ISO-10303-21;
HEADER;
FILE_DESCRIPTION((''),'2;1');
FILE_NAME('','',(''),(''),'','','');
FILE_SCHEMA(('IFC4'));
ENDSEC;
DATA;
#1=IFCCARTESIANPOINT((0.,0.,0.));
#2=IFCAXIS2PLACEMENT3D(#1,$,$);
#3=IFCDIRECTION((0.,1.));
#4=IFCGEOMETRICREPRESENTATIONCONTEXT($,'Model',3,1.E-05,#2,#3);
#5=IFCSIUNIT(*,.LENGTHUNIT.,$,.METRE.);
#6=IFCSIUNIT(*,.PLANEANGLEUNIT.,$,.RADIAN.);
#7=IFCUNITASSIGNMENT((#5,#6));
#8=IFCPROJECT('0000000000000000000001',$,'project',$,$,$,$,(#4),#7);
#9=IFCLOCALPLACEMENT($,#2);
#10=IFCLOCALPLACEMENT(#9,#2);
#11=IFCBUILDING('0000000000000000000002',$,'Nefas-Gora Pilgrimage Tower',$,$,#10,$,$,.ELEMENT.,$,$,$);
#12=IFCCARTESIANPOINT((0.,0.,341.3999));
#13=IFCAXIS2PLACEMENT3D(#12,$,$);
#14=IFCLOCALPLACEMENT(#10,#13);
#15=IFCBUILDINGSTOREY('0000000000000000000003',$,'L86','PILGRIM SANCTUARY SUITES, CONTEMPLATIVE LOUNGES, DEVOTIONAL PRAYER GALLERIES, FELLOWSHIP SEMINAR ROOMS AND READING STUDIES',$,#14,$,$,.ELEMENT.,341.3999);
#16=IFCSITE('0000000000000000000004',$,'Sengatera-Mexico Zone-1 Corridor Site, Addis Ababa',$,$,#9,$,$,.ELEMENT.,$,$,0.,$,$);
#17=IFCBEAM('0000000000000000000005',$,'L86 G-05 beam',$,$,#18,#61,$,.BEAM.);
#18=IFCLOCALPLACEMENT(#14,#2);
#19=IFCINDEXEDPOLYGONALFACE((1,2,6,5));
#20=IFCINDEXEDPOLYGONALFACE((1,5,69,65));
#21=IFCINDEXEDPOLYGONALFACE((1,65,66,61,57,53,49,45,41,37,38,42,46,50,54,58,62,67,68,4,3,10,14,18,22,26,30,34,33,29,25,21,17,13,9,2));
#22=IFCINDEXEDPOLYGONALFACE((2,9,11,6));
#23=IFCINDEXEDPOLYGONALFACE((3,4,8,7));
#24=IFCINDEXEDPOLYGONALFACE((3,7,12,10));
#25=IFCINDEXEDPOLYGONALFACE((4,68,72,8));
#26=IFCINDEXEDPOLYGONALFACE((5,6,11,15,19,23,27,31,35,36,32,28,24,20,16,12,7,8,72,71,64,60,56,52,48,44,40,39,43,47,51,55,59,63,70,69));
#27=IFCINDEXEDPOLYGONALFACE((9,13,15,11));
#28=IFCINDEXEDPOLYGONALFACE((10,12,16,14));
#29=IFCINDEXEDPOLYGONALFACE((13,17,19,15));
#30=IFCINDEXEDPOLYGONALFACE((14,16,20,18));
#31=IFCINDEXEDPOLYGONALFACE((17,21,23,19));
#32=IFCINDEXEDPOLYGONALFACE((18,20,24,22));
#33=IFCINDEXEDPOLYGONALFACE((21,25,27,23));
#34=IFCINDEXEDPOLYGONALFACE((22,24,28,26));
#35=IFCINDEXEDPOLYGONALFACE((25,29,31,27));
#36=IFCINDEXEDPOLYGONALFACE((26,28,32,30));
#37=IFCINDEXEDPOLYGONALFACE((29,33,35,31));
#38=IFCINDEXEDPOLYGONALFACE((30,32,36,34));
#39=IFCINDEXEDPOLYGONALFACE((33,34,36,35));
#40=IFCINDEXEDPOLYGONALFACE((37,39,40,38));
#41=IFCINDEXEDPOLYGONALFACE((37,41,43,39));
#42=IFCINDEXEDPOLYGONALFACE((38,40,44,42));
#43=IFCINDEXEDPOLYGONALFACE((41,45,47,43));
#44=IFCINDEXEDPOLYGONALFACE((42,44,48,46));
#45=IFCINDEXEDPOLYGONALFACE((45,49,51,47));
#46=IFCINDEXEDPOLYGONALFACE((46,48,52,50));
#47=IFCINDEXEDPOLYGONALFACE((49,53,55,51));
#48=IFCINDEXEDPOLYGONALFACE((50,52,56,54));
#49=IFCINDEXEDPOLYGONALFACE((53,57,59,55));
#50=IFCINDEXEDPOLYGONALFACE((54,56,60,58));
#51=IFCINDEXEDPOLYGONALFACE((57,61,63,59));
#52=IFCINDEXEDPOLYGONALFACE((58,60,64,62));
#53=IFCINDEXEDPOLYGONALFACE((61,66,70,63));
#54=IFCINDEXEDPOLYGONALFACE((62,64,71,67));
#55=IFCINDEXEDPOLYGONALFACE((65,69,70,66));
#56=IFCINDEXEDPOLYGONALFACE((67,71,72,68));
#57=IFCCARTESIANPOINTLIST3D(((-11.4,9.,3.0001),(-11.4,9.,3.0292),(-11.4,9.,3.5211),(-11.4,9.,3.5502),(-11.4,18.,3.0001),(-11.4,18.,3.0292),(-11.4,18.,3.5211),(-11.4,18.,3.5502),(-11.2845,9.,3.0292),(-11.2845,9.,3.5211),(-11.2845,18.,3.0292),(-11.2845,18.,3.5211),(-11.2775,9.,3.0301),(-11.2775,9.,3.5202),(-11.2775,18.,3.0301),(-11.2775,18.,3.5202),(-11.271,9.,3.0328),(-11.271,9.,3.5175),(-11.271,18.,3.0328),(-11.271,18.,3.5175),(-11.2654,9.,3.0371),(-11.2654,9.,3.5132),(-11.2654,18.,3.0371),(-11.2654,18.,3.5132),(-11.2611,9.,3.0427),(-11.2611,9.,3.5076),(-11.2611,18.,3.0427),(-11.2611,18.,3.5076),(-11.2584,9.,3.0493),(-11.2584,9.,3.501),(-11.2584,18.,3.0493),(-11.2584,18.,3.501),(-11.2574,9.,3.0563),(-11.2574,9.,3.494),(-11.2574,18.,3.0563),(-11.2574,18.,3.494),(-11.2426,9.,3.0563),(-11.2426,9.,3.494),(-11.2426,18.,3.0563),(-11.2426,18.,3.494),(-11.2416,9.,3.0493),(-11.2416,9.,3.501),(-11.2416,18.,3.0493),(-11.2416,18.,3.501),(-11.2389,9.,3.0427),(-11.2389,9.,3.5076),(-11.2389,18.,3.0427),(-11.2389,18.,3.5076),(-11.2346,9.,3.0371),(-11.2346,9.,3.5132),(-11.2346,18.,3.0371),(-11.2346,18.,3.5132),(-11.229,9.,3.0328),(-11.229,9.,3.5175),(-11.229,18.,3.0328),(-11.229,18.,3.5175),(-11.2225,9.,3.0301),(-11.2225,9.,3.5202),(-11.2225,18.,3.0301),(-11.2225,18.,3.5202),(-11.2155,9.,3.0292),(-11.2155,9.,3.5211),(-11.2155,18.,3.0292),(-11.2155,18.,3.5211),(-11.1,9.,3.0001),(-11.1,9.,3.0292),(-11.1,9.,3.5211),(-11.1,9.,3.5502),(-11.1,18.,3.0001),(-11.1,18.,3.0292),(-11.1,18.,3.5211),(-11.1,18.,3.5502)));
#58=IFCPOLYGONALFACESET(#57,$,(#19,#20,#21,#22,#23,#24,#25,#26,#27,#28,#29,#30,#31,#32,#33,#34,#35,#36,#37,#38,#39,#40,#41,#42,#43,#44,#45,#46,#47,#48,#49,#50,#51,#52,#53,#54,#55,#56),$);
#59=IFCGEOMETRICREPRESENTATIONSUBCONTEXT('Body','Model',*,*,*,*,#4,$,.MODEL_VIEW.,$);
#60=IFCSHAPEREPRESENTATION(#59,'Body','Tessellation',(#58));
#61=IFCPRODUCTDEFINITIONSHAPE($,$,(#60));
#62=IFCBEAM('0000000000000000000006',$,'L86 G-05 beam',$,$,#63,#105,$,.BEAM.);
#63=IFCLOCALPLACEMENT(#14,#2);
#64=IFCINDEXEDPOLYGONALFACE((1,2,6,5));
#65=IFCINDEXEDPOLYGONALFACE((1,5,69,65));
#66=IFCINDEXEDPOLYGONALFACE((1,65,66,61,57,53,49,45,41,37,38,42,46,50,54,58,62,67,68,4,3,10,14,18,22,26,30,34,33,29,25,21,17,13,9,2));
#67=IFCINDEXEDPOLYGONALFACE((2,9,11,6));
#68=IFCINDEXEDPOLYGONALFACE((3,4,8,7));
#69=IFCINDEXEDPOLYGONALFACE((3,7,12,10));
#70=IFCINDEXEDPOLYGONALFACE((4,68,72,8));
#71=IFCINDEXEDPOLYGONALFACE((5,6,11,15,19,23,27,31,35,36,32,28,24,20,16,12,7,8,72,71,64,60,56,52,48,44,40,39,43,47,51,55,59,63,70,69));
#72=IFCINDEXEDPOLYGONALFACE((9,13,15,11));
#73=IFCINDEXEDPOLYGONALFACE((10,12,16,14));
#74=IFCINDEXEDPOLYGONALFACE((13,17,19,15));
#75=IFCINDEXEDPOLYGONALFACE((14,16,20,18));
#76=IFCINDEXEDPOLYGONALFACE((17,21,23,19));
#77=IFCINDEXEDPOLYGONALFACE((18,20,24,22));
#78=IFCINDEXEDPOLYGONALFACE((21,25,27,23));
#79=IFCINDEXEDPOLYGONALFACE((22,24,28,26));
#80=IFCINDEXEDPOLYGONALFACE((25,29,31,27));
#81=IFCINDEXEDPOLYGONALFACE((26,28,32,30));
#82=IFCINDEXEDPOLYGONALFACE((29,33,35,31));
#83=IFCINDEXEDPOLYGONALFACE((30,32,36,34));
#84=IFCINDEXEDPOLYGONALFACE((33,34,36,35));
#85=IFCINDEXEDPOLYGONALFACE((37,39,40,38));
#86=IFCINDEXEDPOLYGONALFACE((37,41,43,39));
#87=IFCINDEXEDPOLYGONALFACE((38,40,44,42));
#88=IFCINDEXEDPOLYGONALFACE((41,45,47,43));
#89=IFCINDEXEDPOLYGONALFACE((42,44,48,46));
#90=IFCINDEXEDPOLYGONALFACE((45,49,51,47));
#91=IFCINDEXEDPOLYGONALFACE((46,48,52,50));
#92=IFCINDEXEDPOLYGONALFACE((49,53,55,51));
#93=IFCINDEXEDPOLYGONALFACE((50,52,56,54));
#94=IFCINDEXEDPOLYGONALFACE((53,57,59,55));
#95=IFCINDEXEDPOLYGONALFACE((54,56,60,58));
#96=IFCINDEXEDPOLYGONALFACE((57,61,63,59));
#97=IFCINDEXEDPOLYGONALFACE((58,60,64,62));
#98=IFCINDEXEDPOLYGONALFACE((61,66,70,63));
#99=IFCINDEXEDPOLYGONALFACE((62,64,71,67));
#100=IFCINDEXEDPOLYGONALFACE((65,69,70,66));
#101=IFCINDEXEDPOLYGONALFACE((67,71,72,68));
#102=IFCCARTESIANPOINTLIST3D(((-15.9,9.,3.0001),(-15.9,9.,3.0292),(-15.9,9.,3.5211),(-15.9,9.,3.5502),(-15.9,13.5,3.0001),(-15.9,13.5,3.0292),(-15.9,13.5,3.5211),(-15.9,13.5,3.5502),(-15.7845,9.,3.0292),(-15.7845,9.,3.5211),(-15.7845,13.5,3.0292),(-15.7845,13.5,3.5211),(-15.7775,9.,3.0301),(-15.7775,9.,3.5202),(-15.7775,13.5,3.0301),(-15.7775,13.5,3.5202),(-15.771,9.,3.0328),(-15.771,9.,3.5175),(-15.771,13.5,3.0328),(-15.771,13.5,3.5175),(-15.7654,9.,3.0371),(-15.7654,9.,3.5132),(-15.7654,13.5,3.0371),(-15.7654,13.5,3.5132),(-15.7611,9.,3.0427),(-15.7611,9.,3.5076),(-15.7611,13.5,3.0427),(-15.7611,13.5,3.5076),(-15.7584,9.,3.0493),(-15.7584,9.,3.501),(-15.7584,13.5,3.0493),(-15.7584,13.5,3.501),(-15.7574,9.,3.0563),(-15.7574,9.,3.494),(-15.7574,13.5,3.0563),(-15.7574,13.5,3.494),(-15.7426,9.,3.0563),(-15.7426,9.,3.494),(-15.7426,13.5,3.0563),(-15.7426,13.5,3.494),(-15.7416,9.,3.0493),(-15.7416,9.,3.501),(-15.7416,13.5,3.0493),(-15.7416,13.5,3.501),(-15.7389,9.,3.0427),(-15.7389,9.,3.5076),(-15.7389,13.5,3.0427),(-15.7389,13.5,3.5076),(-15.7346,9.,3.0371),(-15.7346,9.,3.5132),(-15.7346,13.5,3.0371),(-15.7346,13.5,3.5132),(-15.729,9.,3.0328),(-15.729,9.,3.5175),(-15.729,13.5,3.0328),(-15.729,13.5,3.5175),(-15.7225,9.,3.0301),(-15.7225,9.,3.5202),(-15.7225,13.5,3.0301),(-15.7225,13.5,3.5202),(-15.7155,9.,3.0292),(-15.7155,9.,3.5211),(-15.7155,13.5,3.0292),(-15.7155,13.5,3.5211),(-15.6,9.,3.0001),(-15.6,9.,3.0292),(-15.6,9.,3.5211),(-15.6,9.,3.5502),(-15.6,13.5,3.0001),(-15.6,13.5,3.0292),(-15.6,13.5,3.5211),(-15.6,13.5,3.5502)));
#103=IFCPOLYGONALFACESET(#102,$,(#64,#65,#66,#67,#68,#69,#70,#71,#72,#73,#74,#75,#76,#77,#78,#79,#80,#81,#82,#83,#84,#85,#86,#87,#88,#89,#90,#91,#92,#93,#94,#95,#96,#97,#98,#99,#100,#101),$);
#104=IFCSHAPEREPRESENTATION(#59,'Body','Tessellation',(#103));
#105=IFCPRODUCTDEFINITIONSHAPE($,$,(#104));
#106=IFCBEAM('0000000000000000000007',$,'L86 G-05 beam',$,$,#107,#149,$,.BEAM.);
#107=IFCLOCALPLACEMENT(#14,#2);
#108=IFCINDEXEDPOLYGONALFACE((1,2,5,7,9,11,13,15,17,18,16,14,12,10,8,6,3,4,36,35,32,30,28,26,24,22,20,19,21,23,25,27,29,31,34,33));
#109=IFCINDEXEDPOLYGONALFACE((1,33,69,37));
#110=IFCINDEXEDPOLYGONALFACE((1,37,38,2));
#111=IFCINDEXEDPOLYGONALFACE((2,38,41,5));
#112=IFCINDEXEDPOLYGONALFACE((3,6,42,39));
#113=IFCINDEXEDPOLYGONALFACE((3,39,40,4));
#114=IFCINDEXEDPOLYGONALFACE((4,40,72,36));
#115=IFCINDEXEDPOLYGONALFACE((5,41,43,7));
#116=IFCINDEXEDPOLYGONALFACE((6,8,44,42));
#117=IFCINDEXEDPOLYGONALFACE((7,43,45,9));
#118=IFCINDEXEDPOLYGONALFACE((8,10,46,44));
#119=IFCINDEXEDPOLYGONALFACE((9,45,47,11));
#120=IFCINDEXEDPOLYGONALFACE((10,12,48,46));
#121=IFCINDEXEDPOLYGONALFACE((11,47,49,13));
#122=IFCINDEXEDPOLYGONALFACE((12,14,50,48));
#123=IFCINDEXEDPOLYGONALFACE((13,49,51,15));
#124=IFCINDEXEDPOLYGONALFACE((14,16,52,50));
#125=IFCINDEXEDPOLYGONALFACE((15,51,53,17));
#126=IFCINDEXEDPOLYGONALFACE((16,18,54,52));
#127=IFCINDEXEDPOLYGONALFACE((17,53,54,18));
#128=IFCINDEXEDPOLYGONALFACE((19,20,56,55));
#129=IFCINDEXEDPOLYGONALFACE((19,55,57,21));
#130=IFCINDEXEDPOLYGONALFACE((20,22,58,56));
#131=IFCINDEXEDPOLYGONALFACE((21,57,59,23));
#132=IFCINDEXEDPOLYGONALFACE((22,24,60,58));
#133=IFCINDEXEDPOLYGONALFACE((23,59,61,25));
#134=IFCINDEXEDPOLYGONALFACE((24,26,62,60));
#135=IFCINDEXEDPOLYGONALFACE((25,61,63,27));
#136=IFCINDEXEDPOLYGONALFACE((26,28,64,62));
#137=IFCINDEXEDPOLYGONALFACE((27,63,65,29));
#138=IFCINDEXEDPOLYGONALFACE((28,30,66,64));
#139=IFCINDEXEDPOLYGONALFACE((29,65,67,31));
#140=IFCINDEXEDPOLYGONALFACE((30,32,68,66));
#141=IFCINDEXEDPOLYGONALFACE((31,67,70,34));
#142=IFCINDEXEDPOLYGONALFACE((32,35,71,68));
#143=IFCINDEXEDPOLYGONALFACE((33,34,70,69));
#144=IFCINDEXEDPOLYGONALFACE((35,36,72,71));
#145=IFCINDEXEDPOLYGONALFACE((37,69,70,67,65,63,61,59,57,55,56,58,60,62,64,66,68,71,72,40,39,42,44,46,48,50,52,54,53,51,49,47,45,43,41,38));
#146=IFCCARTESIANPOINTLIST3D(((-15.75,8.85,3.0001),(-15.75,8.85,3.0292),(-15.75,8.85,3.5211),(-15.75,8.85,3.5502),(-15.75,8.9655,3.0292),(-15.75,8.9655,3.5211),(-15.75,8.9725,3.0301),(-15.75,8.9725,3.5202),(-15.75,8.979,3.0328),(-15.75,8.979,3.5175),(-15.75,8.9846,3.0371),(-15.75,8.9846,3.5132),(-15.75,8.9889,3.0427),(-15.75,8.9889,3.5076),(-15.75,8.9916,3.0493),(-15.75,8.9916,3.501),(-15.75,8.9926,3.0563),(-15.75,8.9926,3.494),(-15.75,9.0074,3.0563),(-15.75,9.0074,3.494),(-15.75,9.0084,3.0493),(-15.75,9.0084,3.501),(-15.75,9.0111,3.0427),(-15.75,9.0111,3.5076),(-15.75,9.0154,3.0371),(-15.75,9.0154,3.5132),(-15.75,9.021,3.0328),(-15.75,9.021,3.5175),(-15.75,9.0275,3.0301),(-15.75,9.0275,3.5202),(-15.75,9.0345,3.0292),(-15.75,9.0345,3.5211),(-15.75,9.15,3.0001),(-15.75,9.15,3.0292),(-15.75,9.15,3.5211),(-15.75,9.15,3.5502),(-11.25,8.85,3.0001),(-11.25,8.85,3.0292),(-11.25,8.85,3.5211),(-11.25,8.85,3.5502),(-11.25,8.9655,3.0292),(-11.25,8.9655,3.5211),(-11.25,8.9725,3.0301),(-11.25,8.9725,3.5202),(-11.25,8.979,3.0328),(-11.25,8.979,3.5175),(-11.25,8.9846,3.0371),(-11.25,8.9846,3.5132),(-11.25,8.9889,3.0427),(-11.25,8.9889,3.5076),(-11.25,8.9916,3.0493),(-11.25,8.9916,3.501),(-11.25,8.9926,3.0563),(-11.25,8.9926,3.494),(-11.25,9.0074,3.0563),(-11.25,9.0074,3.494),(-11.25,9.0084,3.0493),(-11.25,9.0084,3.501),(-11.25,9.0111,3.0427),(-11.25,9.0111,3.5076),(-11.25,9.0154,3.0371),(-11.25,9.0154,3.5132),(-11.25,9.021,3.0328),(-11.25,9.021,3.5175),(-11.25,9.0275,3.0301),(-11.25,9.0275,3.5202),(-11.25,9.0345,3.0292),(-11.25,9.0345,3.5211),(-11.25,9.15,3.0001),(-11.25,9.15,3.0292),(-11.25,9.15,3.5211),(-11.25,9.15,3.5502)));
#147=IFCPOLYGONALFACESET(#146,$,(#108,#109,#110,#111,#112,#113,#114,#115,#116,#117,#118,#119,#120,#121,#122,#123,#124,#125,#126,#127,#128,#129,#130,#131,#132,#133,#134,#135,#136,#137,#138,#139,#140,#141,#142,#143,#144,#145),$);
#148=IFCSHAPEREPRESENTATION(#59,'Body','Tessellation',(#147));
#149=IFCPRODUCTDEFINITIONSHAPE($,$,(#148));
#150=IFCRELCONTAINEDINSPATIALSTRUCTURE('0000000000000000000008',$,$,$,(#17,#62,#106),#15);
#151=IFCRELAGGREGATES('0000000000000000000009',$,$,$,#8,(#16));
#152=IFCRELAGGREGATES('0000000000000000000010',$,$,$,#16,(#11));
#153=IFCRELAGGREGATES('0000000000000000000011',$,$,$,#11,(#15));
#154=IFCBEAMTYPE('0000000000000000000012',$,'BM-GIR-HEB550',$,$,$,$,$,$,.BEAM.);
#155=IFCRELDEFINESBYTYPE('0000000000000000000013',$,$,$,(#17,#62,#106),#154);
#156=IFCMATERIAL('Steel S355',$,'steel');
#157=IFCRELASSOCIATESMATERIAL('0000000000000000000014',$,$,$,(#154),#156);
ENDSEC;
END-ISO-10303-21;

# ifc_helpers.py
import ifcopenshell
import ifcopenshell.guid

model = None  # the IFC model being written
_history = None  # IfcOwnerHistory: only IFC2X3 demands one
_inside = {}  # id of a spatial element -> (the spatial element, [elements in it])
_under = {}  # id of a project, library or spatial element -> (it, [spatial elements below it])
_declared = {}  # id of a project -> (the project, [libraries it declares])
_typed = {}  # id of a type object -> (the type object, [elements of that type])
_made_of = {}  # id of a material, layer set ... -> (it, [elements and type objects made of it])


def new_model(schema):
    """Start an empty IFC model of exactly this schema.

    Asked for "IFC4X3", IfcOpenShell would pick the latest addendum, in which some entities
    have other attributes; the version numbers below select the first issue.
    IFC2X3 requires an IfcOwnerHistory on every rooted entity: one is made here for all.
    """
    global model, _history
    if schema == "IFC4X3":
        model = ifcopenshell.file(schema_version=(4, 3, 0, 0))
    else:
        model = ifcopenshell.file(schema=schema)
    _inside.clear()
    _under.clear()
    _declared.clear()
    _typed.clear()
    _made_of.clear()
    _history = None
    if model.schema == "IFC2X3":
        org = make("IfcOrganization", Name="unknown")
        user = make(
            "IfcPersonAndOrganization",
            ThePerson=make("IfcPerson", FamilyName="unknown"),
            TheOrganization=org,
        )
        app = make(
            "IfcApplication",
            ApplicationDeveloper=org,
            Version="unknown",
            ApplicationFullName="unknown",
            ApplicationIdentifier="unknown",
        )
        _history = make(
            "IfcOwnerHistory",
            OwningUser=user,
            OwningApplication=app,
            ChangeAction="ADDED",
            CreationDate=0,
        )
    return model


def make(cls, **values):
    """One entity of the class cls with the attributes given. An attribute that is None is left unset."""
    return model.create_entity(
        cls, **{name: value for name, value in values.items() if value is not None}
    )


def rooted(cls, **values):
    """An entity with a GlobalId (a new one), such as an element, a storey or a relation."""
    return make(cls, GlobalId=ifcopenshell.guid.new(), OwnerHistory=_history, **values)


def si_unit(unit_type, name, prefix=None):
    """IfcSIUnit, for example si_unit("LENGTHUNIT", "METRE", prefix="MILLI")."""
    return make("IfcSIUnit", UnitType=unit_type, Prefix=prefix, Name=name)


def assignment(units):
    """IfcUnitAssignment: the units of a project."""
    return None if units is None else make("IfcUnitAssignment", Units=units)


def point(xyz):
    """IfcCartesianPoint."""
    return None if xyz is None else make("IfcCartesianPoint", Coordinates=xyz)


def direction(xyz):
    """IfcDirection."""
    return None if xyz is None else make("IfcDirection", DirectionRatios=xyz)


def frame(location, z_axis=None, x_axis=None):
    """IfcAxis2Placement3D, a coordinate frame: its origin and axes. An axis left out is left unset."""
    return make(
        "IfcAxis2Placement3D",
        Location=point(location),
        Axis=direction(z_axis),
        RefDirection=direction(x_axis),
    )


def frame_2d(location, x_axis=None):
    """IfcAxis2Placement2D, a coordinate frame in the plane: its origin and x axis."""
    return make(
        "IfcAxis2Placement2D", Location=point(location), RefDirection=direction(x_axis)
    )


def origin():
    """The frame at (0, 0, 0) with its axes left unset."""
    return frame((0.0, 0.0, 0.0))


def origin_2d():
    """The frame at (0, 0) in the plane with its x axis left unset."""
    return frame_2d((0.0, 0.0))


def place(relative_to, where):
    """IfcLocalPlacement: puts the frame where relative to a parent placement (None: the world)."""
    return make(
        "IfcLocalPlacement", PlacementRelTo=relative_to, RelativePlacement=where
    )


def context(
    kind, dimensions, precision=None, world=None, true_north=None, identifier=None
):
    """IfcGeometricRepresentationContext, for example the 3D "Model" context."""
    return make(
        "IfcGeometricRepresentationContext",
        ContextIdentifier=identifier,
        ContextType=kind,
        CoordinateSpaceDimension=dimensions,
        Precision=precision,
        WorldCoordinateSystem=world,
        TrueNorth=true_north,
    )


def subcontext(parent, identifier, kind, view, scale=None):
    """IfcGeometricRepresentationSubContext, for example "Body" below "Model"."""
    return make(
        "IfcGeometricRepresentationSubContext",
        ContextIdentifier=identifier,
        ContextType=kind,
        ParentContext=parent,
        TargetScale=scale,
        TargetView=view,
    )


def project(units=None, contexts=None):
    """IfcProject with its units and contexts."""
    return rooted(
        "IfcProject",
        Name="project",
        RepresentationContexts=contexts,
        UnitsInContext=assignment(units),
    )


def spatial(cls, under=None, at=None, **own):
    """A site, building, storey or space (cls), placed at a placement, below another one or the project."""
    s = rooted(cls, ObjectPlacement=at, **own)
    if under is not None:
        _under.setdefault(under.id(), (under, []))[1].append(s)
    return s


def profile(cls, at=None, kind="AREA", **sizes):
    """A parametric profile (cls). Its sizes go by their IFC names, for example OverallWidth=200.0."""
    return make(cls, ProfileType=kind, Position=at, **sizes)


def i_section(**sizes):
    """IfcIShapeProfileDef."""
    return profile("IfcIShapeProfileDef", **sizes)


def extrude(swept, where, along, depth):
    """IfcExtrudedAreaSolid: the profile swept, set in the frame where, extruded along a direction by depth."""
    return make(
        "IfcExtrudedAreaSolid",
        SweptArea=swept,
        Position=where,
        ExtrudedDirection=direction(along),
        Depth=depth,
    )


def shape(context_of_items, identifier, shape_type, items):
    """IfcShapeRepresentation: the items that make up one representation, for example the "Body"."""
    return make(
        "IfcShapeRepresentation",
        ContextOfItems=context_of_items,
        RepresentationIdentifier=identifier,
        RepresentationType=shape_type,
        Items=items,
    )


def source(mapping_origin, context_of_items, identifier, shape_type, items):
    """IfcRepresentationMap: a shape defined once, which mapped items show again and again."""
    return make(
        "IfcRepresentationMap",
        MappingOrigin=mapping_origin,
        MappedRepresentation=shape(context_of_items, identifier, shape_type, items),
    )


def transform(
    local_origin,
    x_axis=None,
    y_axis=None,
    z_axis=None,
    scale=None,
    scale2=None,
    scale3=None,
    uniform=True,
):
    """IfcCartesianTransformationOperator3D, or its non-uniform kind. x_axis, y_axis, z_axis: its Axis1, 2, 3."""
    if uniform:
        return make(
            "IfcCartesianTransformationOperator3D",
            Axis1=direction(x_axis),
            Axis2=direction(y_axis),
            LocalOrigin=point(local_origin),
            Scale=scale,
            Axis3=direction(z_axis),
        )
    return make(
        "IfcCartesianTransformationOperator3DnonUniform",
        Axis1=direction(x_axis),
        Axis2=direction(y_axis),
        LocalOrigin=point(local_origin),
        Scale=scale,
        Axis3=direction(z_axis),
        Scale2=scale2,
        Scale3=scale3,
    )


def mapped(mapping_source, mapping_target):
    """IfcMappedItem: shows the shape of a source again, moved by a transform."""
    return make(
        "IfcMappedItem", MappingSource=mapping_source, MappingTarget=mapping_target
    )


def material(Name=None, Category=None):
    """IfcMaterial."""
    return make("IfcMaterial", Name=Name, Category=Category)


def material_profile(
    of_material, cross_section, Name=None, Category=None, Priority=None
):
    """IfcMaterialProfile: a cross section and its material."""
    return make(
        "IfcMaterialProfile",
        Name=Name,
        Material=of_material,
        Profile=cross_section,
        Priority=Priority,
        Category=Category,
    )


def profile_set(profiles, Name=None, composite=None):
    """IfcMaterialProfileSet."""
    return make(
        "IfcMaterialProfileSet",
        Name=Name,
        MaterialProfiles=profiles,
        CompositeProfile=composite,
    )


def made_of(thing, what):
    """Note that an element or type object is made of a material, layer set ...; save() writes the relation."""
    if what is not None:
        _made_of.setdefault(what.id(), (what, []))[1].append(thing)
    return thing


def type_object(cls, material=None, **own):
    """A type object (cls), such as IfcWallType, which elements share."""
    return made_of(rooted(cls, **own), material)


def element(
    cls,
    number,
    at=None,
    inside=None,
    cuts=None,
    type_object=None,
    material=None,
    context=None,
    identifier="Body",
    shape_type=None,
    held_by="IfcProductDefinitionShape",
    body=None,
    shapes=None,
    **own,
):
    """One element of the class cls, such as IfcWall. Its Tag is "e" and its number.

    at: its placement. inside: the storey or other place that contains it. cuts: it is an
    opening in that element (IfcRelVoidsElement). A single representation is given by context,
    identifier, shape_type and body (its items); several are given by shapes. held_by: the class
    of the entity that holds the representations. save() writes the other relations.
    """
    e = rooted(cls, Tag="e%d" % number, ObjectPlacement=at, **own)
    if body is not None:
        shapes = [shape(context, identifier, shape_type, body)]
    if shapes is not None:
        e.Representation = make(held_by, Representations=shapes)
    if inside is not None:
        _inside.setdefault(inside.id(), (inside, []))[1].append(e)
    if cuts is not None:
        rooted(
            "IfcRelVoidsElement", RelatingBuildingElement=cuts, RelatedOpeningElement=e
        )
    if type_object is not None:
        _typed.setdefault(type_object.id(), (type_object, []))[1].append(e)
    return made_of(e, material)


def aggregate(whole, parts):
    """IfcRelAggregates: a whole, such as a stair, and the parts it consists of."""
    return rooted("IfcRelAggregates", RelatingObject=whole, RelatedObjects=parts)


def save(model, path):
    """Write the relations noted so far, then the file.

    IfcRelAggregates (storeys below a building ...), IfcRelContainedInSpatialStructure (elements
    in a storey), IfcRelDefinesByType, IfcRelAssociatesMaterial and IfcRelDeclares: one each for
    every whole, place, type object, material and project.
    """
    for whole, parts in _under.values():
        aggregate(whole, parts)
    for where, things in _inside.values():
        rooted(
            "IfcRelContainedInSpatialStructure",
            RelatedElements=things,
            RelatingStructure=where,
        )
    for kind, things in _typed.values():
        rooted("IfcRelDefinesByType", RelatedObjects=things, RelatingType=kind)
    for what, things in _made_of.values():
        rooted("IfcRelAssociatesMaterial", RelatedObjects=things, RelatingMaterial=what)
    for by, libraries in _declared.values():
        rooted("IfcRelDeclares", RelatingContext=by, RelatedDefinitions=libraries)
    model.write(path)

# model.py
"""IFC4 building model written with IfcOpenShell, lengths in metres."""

from ifc_helpers import new_model, si_unit, direction, frame, origin, origin_2d, place, context, subcontext, project, spatial, i_section, extrude, source, transform, mapped, material, material_profile, profile_set, type_object, element, save


model = new_model("IFC4")

# Units and contexts
model_context = context("Model", 3, precision=1e-05, world=origin(), true_north=direction((0.0, 1.0)))
body_context = subcontext(model_context, "Body", "Model", "MODEL_VIEW")
ifc_project = project(units=[si_unit("LENGTHUNIT", "METRE"), si_unit("PLANEANGLEUNIT", "RADIAN")], contexts=[model_context])

# Site, building, storey
site_placement = place(None, origin())
site = spatial("IfcSite", under=ifc_project, at=site_placement, Name="Sengatera-Mexico Zone-1 Corridor Site, Addis Ababa", CompositionType="ELEMENT", RefElevation=0.0)
building_placement = place(site_placement, origin())
building = spatial("IfcBuilding", under=site, at=building_placement, Name="Nefas-Gora Pilgrimage Tower", CompositionType="ELEMENT")
storey_placement = place(building_placement, frame((0.0, 0.0, 341.3999)))
storey = spatial("IfcBuildingStorey", under=building, at=storey_placement, Name="L86", Description="PILGRIM SANCTUARY SUITES, CONTEMPLATIVE LOUNGES, DEVOTIONAL PRAYER GALLERIES, FELLOWSHIP SEMINAR ROOMS AND READING STUDIES", CompositionType="ELEMENT", Elevation=341.3999)

# Shared definitions
ifc_material_1 = material(Name="Steel S355", Category="steel")

# Beams
ifc_material_profile_1 = material_profile(ifc_material_1, i_section(OverallWidth=0.3, OverallDepth=0.55, WebThickness=0.0149, FlangeThickness=0.0291, FilletRadius=0.0271, at=origin_2d()), Name="HEB 550")
ifc_profile_set_1 = profile_set([ifc_material_profile_1], Name="Steel S355")
beam_type = type_object("IfcBeamType", Name="BM-GIR-HEB550", PredefinedType="BEAM", material=ifc_profile_set_1)
shared_shape_1 = source(origin(), body_context, "Body", "SweptSolid", [
    extrude(i_section(OverallWidth=0.3, OverallDepth=0.55, WebThickness=0.0149, FlangeThickness=0.0291, FilletRadius=0.0271, at=origin_2d()), origin(), (0.0, 0.0, 1.0), 9.0),
])
for number, where, z_axis, x_axis, name in (
    (1, (-11.25, 9.0, 3.2751), (0.0, 1.0, 0.0), (-1.0, 0.0, 0.0), "L86 G-05 beam"),
):
    element("IfcBeam", number, at=place(storey_placement, frame(where, z_axis=z_axis, x_axis=x_axis)), inside=storey, type_object=beam_type, Name=name, PredefinedType="BEAM", context=body_context, shape_type="MappedRepresentation", body=[
        mapped(shared_shape_1, transform((0.0, 0.0, 0.0), x_axis=(1.0, 0.0, 0.0), y_axis=(0.0, 1.0, 0.0), z_axis=(0.0, 0.0, 1.0), scale=1.0)),
    ])
shared_shape_2 = source(origin(), body_context, "Body", "SweptSolid", [
    extrude(i_section(OverallWidth=0.3, OverallDepth=0.55, WebThickness=0.0149, FlangeThickness=0.0291, FilletRadius=0.0271, at=origin_2d()), origin(), (0.0, 0.0, 1.0), 4.5),
])
for number, where, z_axis, x_axis, name in (
    (2, (-15.75, 9.0, 3.2751), (0.0, 1.0, 0.0), (-1.0, 0.0, 0.0), "L86 G-05 beam"),
    (3, (-15.75, 9.0, 3.2751), (1.0, 0.0, 0.0), (0.0, 1.0, 0.0), "L86 G-05 beam"),
):
    element("IfcBeam", number, at=place(storey_placement, frame(where, z_axis=z_axis, x_axis=x_axis)), inside=storey, type_object=beam_type, Name=name, PredefinedType="BEAM", context=body_context, shape_type="MappedRepresentation", body=[
        mapped(shared_shape_2, transform((0.0, 0.0, 0.0), x_axis=(1.0, 0.0, 0.0), y_axis=(0.0, 1.0, 0.0), z_axis=(0.0, 0.0, 1.0), scale=1.0)),
    ])

save(model, "model.ifc")
